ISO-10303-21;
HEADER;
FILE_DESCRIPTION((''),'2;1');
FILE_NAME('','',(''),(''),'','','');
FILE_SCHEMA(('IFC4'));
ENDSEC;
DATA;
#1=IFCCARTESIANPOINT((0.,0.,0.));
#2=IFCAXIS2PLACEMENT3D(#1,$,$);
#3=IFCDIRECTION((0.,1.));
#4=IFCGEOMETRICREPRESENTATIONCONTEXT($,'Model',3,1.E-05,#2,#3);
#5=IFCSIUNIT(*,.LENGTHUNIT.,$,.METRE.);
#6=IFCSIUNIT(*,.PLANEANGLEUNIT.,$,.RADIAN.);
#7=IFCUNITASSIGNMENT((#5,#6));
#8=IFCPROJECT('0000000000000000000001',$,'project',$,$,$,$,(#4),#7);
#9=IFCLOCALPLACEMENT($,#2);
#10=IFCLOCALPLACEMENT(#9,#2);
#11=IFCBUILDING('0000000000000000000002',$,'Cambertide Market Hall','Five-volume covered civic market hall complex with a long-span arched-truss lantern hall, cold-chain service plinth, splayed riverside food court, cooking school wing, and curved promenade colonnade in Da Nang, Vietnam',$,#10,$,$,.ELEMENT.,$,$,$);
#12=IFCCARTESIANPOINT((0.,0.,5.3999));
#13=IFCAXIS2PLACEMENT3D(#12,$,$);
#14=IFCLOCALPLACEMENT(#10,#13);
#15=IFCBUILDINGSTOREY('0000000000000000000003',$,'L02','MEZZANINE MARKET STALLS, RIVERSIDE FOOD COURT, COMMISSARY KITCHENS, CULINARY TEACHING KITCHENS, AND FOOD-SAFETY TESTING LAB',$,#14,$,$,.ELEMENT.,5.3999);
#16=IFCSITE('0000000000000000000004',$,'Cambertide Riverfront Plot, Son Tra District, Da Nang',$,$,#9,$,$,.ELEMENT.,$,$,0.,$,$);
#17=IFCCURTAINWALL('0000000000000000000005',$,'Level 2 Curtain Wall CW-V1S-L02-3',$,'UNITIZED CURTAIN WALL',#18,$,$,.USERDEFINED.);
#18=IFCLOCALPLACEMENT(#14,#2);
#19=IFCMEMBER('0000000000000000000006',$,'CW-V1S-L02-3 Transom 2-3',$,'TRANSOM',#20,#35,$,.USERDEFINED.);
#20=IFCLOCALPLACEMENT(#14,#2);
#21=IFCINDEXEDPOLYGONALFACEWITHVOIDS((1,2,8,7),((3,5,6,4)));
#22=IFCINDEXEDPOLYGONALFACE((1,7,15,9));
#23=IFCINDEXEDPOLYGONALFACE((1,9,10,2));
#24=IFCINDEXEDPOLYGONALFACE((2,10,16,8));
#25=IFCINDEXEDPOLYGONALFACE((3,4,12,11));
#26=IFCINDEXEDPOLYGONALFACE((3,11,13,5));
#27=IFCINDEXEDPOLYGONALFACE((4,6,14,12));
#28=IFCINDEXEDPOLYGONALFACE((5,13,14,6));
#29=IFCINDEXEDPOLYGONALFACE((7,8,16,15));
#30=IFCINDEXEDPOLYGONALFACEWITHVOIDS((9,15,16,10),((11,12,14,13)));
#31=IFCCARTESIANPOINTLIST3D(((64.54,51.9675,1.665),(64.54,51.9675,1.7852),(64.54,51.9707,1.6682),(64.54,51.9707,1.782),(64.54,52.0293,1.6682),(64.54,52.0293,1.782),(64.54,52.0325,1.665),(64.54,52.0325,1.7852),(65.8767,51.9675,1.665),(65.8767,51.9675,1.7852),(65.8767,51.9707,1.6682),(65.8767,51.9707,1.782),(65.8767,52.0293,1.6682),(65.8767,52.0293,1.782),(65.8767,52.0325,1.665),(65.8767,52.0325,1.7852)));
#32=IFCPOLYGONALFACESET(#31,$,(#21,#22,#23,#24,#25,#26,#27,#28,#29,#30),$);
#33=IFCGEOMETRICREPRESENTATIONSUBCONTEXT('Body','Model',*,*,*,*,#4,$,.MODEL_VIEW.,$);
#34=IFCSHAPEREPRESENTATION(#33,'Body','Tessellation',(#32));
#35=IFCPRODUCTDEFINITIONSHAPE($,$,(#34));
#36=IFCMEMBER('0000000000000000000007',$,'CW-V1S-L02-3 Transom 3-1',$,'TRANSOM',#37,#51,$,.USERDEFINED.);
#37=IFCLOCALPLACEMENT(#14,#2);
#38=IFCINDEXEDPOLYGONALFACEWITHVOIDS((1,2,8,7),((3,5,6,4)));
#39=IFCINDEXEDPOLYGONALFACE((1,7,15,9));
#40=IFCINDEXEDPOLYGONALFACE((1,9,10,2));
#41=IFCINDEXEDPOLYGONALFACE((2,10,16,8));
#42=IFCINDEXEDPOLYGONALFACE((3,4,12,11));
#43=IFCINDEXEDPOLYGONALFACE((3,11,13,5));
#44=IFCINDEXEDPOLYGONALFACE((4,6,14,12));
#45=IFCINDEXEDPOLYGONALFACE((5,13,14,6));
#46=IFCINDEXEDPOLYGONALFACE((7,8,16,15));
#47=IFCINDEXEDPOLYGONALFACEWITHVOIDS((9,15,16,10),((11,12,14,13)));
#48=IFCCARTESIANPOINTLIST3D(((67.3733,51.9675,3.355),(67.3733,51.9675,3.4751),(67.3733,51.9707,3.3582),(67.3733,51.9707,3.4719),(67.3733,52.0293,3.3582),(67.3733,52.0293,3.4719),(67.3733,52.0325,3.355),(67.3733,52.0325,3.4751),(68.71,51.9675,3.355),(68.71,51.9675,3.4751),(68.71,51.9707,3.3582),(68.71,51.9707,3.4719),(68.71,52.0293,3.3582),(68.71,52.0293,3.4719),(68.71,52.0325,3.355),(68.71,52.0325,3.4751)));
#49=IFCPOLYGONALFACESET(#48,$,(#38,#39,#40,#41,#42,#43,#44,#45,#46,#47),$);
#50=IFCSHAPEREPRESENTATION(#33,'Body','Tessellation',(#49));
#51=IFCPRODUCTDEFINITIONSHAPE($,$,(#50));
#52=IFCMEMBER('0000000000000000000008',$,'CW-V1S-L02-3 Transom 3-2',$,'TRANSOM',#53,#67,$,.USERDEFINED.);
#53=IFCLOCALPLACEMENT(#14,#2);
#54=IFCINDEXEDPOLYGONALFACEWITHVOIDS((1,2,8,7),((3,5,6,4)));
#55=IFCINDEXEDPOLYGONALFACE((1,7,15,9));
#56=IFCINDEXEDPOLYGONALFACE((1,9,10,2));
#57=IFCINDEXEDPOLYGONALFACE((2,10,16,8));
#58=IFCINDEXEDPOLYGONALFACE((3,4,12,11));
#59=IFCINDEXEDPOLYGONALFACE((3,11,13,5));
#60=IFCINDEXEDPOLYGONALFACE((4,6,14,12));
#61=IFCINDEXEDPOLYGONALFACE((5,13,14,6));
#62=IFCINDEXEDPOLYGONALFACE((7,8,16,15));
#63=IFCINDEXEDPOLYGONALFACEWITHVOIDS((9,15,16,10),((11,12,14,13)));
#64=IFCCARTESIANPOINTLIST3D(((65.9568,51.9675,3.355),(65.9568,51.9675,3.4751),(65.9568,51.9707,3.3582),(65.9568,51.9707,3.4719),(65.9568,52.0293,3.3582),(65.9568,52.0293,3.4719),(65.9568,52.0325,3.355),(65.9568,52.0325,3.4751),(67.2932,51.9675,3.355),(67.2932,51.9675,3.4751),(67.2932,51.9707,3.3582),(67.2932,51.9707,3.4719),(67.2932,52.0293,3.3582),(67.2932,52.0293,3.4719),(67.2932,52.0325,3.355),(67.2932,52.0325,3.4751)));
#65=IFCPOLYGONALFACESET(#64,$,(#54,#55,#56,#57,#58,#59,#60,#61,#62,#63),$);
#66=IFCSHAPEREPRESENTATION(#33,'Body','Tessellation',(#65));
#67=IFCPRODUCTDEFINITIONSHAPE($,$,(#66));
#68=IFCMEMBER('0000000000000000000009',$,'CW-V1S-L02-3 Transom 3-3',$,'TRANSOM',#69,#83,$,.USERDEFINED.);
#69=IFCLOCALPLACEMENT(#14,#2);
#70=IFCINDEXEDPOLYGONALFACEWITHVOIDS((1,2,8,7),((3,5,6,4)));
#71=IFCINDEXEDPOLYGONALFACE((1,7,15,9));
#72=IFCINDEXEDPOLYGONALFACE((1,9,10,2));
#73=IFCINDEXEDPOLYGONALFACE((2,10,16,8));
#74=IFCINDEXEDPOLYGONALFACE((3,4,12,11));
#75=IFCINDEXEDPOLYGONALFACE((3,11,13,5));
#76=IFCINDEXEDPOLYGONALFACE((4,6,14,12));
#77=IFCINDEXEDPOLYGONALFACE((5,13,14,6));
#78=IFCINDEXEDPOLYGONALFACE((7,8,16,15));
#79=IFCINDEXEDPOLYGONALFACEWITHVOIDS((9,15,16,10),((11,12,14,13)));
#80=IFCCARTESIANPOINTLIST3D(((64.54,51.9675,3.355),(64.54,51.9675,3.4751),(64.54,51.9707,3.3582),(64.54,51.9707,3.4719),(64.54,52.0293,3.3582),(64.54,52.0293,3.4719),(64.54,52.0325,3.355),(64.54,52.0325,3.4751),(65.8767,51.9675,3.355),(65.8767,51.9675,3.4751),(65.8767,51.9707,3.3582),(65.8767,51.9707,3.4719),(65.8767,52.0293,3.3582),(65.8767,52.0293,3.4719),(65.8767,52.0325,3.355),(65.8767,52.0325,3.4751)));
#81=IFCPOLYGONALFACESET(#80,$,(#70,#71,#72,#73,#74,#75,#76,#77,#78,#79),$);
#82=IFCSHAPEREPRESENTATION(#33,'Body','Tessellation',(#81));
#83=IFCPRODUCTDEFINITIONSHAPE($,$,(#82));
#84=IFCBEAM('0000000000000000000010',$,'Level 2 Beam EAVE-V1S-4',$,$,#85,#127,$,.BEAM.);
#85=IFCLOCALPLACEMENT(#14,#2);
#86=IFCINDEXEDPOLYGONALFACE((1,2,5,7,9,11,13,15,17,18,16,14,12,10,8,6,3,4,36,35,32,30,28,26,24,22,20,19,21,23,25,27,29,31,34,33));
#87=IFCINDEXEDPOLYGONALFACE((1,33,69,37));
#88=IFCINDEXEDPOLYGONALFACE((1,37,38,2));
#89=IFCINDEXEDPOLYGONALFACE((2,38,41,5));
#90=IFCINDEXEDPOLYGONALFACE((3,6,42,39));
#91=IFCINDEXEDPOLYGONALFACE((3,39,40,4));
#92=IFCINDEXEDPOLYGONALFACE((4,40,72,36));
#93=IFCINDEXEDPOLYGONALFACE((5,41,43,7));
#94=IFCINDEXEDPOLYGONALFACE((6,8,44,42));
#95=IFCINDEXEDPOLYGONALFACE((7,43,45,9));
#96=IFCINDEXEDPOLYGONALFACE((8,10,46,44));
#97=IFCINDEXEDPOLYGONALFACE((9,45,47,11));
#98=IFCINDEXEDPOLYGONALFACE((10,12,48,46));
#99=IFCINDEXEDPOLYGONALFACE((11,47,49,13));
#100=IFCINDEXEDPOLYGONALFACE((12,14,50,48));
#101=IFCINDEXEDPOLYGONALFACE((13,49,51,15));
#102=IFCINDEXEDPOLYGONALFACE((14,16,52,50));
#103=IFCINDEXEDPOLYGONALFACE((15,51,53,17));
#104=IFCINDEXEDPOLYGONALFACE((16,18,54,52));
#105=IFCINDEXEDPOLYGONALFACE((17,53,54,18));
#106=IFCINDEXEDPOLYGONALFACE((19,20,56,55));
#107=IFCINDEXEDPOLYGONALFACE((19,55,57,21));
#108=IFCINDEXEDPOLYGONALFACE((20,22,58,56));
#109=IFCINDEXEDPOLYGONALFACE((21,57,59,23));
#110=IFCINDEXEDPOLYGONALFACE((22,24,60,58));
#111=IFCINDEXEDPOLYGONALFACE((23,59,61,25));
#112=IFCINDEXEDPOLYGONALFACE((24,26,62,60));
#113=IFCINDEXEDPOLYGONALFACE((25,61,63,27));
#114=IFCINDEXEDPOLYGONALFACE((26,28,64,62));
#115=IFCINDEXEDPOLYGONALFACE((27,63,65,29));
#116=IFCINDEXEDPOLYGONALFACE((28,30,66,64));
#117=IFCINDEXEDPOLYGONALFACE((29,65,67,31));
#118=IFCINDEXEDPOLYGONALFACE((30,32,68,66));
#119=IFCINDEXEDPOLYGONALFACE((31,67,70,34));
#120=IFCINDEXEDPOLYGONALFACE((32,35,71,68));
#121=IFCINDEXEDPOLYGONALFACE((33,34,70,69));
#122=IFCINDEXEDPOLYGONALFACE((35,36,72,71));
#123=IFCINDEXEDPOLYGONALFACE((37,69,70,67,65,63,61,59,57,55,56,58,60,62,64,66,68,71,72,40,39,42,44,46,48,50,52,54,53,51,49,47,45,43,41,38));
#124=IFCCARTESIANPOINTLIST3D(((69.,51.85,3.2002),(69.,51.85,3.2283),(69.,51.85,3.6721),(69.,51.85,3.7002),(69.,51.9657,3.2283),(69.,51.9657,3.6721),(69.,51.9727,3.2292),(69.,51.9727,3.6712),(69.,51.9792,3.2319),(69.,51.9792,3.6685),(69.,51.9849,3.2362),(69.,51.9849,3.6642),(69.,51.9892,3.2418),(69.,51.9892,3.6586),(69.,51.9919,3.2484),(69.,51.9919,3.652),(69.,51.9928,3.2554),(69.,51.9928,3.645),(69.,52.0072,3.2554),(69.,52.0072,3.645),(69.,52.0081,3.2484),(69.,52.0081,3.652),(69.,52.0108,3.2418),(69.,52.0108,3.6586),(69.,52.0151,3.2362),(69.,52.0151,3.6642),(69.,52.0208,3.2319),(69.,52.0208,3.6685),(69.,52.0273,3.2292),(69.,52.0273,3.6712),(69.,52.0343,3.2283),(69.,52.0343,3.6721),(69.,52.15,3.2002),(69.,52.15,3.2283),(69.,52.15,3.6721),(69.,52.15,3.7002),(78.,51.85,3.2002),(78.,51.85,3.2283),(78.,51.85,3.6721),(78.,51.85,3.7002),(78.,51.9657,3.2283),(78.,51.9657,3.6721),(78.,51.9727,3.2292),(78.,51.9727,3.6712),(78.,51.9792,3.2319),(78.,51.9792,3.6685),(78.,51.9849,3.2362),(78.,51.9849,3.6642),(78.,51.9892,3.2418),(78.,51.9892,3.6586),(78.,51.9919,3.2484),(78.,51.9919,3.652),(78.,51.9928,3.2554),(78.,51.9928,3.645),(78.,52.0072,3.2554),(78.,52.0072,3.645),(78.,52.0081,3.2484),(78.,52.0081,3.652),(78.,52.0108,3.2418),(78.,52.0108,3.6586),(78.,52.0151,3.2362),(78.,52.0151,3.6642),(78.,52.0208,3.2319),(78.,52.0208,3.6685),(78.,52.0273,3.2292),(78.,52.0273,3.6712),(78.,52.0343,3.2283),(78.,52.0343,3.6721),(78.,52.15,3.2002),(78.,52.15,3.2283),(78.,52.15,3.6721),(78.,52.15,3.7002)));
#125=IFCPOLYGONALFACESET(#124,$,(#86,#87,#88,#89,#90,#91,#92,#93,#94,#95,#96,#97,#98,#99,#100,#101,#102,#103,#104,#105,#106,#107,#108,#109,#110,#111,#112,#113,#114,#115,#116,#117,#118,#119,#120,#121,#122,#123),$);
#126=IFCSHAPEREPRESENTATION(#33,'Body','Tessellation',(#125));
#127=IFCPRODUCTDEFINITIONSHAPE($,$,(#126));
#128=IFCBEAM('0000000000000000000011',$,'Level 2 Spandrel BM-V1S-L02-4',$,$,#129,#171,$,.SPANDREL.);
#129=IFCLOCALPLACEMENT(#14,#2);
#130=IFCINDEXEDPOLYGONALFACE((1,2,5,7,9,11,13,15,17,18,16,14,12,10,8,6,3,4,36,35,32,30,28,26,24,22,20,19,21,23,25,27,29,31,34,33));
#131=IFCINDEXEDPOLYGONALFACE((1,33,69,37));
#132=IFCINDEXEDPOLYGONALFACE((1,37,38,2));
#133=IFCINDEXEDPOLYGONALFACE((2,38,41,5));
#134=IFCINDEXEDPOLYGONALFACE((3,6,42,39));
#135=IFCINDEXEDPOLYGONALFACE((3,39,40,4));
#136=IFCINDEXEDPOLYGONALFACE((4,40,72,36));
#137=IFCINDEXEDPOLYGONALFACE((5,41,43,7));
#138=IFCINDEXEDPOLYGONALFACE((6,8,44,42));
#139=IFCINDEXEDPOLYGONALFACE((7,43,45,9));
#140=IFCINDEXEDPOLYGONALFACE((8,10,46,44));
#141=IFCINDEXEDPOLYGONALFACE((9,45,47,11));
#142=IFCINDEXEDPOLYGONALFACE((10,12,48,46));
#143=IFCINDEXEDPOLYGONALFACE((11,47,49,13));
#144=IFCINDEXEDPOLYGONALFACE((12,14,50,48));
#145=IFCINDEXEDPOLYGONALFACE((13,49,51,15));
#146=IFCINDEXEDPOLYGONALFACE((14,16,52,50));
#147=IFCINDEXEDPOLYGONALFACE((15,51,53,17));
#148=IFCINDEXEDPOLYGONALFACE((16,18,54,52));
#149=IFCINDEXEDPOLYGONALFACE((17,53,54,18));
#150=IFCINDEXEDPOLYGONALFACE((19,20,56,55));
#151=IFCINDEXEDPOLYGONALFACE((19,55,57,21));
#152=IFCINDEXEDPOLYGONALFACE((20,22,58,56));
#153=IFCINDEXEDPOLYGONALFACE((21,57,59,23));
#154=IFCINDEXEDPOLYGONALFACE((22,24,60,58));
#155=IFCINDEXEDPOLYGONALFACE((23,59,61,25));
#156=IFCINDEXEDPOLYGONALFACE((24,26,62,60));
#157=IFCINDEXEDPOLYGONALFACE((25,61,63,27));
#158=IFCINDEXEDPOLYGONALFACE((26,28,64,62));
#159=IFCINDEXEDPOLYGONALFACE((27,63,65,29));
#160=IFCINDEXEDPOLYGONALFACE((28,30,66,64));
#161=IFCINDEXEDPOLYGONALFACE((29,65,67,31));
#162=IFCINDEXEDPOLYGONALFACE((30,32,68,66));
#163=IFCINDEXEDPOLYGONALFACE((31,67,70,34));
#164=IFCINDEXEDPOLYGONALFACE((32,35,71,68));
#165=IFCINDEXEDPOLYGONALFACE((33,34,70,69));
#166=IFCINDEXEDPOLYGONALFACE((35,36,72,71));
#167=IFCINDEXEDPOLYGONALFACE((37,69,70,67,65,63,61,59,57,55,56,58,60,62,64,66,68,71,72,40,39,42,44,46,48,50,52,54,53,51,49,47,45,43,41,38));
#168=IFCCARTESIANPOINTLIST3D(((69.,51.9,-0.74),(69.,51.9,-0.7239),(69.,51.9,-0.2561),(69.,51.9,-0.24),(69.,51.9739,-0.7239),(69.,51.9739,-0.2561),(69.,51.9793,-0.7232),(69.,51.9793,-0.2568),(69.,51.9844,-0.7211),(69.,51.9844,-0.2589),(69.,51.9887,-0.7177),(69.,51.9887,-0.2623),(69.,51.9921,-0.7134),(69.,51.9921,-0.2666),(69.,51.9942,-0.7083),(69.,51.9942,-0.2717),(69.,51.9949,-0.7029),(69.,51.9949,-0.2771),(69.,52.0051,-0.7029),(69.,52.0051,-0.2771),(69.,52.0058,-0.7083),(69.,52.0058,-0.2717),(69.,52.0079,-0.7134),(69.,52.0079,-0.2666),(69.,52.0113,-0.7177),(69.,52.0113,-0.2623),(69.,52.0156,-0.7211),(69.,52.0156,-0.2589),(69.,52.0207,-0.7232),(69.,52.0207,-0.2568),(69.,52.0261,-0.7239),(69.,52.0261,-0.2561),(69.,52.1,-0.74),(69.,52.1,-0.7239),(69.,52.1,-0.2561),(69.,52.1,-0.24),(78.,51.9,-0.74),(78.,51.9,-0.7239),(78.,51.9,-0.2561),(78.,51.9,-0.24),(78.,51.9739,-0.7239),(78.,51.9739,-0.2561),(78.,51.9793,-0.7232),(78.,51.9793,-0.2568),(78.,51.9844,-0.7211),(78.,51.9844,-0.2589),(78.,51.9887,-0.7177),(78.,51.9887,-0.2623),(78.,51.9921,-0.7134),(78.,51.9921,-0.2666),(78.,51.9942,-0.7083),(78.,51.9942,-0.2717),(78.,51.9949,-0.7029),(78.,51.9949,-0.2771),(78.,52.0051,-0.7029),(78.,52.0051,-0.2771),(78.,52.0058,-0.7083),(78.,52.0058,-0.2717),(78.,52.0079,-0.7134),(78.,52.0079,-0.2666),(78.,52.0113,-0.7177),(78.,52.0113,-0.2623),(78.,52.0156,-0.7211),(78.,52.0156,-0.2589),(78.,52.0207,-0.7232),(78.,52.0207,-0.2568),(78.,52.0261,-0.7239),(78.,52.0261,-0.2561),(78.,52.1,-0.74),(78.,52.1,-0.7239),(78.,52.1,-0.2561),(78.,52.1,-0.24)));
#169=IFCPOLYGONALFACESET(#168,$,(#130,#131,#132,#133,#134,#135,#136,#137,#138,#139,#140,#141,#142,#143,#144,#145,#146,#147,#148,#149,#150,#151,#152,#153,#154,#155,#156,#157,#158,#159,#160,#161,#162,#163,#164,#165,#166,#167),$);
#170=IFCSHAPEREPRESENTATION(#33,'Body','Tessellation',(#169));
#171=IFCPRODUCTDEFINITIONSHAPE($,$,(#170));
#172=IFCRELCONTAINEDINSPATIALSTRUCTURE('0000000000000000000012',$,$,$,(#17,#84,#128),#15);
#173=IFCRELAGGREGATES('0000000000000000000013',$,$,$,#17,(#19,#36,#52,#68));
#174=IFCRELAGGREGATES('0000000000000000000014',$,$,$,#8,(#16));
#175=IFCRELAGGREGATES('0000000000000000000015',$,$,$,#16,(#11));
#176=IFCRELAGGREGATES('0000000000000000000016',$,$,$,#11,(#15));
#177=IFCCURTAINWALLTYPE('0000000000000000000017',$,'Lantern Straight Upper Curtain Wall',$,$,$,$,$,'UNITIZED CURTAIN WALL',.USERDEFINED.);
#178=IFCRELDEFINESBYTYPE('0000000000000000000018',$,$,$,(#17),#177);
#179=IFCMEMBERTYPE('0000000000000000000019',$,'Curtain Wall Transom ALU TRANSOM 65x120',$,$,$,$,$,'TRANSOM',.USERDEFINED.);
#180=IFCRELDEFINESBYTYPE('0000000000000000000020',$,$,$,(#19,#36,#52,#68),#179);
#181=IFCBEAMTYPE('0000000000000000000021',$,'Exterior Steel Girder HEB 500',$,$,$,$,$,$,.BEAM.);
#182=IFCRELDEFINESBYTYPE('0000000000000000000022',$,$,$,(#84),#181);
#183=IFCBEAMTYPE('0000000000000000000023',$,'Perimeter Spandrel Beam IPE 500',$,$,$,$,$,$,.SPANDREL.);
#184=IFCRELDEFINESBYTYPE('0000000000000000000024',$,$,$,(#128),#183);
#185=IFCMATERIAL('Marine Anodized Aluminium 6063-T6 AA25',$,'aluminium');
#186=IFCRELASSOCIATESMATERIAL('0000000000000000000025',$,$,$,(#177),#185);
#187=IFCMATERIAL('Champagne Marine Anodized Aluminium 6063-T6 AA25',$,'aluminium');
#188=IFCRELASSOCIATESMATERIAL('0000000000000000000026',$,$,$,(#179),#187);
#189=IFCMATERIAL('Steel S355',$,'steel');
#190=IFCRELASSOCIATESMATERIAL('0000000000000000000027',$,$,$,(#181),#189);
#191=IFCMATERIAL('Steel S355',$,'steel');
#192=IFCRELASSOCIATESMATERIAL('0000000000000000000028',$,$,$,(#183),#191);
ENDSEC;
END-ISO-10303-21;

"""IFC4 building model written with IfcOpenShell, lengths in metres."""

from ifc_helpers import new_model, si_unit, direction, frame, origin, origin_2d, place, context, subcontext, project, spatial, hollow_rectangle, i_section, extrude, material, material_profile, profile_set, type_object, element, aggregate, save


model = new_model("IFC4")

# Units and contexts
model_context = context("Model", 3, precision=1e-05, world=origin(), true_north=direction((0.0, 1.0)))
body_context = subcontext(model_context, "Body", "Model", "MODEL_VIEW")
ifc_project = project(units=[si_unit("LENGTHUNIT", "METRE"), si_unit("PLANEANGLEUNIT", "RADIAN")], contexts=[model_context])

# Site, building, storey
site_placement = place(None, origin())
site = spatial("IfcSite", under=ifc_project, at=site_placement, Name="Cambertide Riverfront Plot, Son Tra District, Da Nang", CompositionType="ELEMENT", RefElevation=0.0)
building_placement = place(site_placement, origin())
building = spatial("IfcBuilding", under=site, at=building_placement, Name="Cambertide Market Hall", Description="Five-volume covered civic market hall complex with a long-span arched-truss lantern hall, cold-chain service plinth, splayed riverside food court, cooking school wing, and curved promenade colonnade in Da Nang, Vietnam", CompositionType="ELEMENT")
storey_placement = place(building_placement, frame((0.0, 0.0, 5.3999)))
storey = spatial("IfcBuildingStorey", under=building, at=storey_placement, Name="L02", Description="MEZZANINE MARKET STALLS, RIVERSIDE FOOD COURT, COMMISSARY KITCHENS, CULINARY TEACHING KITCHENS, AND FOOD-SAFETY TESTING LAB", CompositionType="ELEMENT", Elevation=5.3999)

# Curtain wall
ifc_material_1 = material(Name="Marine Anodized Aluminium 6063-T6 AA25", Category="aluminium")
curtain_wall_type = type_object("IfcCurtainWallType", Name="Lantern Straight Upper Curtain Wall", ElementType="UNITIZED CURTAIN WALL", PredefinedType="USERDEFINED", material=ifc_material_1)
curtain_wall_1_placement = place(storey_placement, origin())
curtain_wall_1 = element("IfcCurtainWall", 1, at=curtain_wall_1_placement, inside=storey, type_object=curtain_wall_type, Name="Level 2 Curtain Wall CW-V1S-L02-3", ObjectType="UNITIZED CURTAIN WALL", PredefinedType="USERDEFINED")

# Members
ifc_material_2 = material(Name="Champagne Marine Anodized Aluminium 6063-T6 AA25", Category="aluminium")
ifc_material_profile_1 = material_profile(ifc_material_2, hollow_rectangle(XDim=0.0649, YDim=0.1201, WallThickness=0.0032, at=origin_2d()), Name="ALU TRANSOM 65x120")
ifc_profile_set_1 = profile_set([ifc_material_profile_1], Name="Champagne Marine Anodized Aluminium 6063-T6 AA25")
member_type_1 = type_object("IfcMemberType", Name="Curtain Wall Transom ALU TRANSOM 65x120", ElementType="TRANSOM", PredefinedType="USERDEFINED", material=ifc_profile_set_1)
member_1_placement = place(storey_placement, frame((65.8767, 52.0, 1.7251), z_axis=(-1.0, 0.0, 0.0), x_axis=(0.0, -1.0, 0.0)))
member_1 = element("IfcMember", 2, at=member_1_placement, type_object=member_type_1, Name="CW-V1S-L02-3 Transom 2-3", ObjectType="TRANSOM", PredefinedType="USERDEFINED", context=body_context, shape_type="SweptSolid", body=[
    extrude(hollow_rectangle(XDim=0.0649, YDim=0.1201, WallThickness=0.0032, at=origin_2d()), origin(), (0.0, 0.0, 1.0), 1.3367),
])
member_2_placement = place(storey_placement, frame((68.71, 52.0, 3.415), z_axis=(-1.0, 0.0, 0.0), x_axis=(0.0, -1.0, 0.0)))
member_2 = element("IfcMember", 3, at=member_2_placement, type_object=member_type_1, Name="CW-V1S-L02-3 Transom 3-1", ObjectType="TRANSOM", PredefinedType="USERDEFINED", context=body_context, shape_type="SweptSolid", body=[
    extrude(hollow_rectangle(XDim=0.0649, YDim=0.1201, WallThickness=0.0032, at=origin_2d()), origin(), (0.0, 0.0, 1.0), 1.3367),
])
member_3_placement = place(storey_placement, frame((67.2932, 52.0, 3.415), z_axis=(-1.0, 0.0, 0.0), x_axis=(0.0, -1.0, 0.0)))
member_3 = element("IfcMember", 4, at=member_3_placement, type_object=member_type_1, Name="CW-V1S-L02-3 Transom 3-2", ObjectType="TRANSOM", PredefinedType="USERDEFINED", context=body_context, shape_type="SweptSolid", body=[
    extrude(hollow_rectangle(XDim=0.0649, YDim=0.1201, WallThickness=0.0032, at=origin_2d()), origin(), (0.0, 0.0, 1.0), 1.3364),
])
member_4_placement = place(storey_placement, frame((65.8767, 52.0, 3.415), z_axis=(-1.0, 0.0, 0.0), x_axis=(0.0, -1.0, 0.0)))
member_4 = element("IfcMember", 5, at=member_4_placement, type_object=member_type_1, Name="CW-V1S-L02-3 Transom 3-3", ObjectType="TRANSOM", PredefinedType="USERDEFINED", context=body_context, shape_type="SweptSolid", body=[
    extrude(hollow_rectangle(XDim=0.0649, YDim=0.1201, WallThickness=0.0032, at=origin_2d()), origin(), (0.0, 0.0, 1.0), 1.3367),
])

# Beams
ifc_material_3 = material(Name="Steel S355", Category="steel")
ifc_material_profile_2 = material_profile(ifc_material_3, i_section(OverallWidth=0.3, OverallDepth=0.5, WebThickness=0.0144, FlangeThickness=0.0281, FilletRadius=0.0271, at=origin_2d()), Name="HEB 500")
ifc_profile_set_2 = profile_set([ifc_material_profile_2], Name="Steel S355")
beam_type_1 = type_object("IfcBeamType", Name="Exterior Steel Girder HEB 500", PredefinedType="BEAM", material=ifc_profile_set_2)
beam_1_placement = place(storey_placement, frame((69.0, 52.0, 3.4502), z_axis=(1.0, 0.0, 0.0), x_axis=(0.0, 1.0, 0.0)))
element("IfcBeam", 6, at=beam_1_placement, inside=storey, type_object=beam_type_1, Name="Level 2 Beam EAVE-V1S-4", PredefinedType="BEAM", context=body_context, shape_type="SweptSolid", body=[
    extrude(i_section(OverallWidth=0.3, OverallDepth=0.5, WebThickness=0.0144, FlangeThickness=0.0281, FilletRadius=0.0271, at=origin_2d()), origin(), (0.0, 0.0, 1.0), 9.0),
])
ifc_material_4 = material(Name="Steel S355", Category="steel")
ifc_material_profile_3 = material_profile(ifc_material_4, i_section(OverallWidth=0.2, OverallDepth=0.5, WebThickness=0.0103, FlangeThickness=0.0161, FilletRadius=0.021, at=origin_2d()), Name="IPE 500")
ifc_profile_set_3 = profile_set([ifc_material_profile_3], Name="Steel S355")
beam_type_2 = type_object("IfcBeamType", Name="Perimeter Spandrel Beam IPE 500", PredefinedType="SPANDREL", material=ifc_profile_set_3)
beam_2_placement = place(storey_placement, frame((69.0, 52.0, -0.49), z_axis=(1.0, 0.0, 0.0), x_axis=(0.0, 1.0, 0.0)))
element("IfcBeam", 7, at=beam_2_placement, inside=storey, type_object=beam_type_2, Name="Level 2 Spandrel BM-V1S-L02-4", PredefinedType="SPANDREL", context=body_context, shape_type="SweptSolid", body=[
    extrude(i_section(OverallWidth=0.2, OverallDepth=0.5, WebThickness=0.0103, FlangeThickness=0.0161, FilletRadius=0.021, at=origin_2d()), origin(), (0.0, 0.0, 1.0), 9.0),
])

aggregate(curtain_wall_1, [member_1, member_2, member_3, member_4])

save(model, "model.ifc")
